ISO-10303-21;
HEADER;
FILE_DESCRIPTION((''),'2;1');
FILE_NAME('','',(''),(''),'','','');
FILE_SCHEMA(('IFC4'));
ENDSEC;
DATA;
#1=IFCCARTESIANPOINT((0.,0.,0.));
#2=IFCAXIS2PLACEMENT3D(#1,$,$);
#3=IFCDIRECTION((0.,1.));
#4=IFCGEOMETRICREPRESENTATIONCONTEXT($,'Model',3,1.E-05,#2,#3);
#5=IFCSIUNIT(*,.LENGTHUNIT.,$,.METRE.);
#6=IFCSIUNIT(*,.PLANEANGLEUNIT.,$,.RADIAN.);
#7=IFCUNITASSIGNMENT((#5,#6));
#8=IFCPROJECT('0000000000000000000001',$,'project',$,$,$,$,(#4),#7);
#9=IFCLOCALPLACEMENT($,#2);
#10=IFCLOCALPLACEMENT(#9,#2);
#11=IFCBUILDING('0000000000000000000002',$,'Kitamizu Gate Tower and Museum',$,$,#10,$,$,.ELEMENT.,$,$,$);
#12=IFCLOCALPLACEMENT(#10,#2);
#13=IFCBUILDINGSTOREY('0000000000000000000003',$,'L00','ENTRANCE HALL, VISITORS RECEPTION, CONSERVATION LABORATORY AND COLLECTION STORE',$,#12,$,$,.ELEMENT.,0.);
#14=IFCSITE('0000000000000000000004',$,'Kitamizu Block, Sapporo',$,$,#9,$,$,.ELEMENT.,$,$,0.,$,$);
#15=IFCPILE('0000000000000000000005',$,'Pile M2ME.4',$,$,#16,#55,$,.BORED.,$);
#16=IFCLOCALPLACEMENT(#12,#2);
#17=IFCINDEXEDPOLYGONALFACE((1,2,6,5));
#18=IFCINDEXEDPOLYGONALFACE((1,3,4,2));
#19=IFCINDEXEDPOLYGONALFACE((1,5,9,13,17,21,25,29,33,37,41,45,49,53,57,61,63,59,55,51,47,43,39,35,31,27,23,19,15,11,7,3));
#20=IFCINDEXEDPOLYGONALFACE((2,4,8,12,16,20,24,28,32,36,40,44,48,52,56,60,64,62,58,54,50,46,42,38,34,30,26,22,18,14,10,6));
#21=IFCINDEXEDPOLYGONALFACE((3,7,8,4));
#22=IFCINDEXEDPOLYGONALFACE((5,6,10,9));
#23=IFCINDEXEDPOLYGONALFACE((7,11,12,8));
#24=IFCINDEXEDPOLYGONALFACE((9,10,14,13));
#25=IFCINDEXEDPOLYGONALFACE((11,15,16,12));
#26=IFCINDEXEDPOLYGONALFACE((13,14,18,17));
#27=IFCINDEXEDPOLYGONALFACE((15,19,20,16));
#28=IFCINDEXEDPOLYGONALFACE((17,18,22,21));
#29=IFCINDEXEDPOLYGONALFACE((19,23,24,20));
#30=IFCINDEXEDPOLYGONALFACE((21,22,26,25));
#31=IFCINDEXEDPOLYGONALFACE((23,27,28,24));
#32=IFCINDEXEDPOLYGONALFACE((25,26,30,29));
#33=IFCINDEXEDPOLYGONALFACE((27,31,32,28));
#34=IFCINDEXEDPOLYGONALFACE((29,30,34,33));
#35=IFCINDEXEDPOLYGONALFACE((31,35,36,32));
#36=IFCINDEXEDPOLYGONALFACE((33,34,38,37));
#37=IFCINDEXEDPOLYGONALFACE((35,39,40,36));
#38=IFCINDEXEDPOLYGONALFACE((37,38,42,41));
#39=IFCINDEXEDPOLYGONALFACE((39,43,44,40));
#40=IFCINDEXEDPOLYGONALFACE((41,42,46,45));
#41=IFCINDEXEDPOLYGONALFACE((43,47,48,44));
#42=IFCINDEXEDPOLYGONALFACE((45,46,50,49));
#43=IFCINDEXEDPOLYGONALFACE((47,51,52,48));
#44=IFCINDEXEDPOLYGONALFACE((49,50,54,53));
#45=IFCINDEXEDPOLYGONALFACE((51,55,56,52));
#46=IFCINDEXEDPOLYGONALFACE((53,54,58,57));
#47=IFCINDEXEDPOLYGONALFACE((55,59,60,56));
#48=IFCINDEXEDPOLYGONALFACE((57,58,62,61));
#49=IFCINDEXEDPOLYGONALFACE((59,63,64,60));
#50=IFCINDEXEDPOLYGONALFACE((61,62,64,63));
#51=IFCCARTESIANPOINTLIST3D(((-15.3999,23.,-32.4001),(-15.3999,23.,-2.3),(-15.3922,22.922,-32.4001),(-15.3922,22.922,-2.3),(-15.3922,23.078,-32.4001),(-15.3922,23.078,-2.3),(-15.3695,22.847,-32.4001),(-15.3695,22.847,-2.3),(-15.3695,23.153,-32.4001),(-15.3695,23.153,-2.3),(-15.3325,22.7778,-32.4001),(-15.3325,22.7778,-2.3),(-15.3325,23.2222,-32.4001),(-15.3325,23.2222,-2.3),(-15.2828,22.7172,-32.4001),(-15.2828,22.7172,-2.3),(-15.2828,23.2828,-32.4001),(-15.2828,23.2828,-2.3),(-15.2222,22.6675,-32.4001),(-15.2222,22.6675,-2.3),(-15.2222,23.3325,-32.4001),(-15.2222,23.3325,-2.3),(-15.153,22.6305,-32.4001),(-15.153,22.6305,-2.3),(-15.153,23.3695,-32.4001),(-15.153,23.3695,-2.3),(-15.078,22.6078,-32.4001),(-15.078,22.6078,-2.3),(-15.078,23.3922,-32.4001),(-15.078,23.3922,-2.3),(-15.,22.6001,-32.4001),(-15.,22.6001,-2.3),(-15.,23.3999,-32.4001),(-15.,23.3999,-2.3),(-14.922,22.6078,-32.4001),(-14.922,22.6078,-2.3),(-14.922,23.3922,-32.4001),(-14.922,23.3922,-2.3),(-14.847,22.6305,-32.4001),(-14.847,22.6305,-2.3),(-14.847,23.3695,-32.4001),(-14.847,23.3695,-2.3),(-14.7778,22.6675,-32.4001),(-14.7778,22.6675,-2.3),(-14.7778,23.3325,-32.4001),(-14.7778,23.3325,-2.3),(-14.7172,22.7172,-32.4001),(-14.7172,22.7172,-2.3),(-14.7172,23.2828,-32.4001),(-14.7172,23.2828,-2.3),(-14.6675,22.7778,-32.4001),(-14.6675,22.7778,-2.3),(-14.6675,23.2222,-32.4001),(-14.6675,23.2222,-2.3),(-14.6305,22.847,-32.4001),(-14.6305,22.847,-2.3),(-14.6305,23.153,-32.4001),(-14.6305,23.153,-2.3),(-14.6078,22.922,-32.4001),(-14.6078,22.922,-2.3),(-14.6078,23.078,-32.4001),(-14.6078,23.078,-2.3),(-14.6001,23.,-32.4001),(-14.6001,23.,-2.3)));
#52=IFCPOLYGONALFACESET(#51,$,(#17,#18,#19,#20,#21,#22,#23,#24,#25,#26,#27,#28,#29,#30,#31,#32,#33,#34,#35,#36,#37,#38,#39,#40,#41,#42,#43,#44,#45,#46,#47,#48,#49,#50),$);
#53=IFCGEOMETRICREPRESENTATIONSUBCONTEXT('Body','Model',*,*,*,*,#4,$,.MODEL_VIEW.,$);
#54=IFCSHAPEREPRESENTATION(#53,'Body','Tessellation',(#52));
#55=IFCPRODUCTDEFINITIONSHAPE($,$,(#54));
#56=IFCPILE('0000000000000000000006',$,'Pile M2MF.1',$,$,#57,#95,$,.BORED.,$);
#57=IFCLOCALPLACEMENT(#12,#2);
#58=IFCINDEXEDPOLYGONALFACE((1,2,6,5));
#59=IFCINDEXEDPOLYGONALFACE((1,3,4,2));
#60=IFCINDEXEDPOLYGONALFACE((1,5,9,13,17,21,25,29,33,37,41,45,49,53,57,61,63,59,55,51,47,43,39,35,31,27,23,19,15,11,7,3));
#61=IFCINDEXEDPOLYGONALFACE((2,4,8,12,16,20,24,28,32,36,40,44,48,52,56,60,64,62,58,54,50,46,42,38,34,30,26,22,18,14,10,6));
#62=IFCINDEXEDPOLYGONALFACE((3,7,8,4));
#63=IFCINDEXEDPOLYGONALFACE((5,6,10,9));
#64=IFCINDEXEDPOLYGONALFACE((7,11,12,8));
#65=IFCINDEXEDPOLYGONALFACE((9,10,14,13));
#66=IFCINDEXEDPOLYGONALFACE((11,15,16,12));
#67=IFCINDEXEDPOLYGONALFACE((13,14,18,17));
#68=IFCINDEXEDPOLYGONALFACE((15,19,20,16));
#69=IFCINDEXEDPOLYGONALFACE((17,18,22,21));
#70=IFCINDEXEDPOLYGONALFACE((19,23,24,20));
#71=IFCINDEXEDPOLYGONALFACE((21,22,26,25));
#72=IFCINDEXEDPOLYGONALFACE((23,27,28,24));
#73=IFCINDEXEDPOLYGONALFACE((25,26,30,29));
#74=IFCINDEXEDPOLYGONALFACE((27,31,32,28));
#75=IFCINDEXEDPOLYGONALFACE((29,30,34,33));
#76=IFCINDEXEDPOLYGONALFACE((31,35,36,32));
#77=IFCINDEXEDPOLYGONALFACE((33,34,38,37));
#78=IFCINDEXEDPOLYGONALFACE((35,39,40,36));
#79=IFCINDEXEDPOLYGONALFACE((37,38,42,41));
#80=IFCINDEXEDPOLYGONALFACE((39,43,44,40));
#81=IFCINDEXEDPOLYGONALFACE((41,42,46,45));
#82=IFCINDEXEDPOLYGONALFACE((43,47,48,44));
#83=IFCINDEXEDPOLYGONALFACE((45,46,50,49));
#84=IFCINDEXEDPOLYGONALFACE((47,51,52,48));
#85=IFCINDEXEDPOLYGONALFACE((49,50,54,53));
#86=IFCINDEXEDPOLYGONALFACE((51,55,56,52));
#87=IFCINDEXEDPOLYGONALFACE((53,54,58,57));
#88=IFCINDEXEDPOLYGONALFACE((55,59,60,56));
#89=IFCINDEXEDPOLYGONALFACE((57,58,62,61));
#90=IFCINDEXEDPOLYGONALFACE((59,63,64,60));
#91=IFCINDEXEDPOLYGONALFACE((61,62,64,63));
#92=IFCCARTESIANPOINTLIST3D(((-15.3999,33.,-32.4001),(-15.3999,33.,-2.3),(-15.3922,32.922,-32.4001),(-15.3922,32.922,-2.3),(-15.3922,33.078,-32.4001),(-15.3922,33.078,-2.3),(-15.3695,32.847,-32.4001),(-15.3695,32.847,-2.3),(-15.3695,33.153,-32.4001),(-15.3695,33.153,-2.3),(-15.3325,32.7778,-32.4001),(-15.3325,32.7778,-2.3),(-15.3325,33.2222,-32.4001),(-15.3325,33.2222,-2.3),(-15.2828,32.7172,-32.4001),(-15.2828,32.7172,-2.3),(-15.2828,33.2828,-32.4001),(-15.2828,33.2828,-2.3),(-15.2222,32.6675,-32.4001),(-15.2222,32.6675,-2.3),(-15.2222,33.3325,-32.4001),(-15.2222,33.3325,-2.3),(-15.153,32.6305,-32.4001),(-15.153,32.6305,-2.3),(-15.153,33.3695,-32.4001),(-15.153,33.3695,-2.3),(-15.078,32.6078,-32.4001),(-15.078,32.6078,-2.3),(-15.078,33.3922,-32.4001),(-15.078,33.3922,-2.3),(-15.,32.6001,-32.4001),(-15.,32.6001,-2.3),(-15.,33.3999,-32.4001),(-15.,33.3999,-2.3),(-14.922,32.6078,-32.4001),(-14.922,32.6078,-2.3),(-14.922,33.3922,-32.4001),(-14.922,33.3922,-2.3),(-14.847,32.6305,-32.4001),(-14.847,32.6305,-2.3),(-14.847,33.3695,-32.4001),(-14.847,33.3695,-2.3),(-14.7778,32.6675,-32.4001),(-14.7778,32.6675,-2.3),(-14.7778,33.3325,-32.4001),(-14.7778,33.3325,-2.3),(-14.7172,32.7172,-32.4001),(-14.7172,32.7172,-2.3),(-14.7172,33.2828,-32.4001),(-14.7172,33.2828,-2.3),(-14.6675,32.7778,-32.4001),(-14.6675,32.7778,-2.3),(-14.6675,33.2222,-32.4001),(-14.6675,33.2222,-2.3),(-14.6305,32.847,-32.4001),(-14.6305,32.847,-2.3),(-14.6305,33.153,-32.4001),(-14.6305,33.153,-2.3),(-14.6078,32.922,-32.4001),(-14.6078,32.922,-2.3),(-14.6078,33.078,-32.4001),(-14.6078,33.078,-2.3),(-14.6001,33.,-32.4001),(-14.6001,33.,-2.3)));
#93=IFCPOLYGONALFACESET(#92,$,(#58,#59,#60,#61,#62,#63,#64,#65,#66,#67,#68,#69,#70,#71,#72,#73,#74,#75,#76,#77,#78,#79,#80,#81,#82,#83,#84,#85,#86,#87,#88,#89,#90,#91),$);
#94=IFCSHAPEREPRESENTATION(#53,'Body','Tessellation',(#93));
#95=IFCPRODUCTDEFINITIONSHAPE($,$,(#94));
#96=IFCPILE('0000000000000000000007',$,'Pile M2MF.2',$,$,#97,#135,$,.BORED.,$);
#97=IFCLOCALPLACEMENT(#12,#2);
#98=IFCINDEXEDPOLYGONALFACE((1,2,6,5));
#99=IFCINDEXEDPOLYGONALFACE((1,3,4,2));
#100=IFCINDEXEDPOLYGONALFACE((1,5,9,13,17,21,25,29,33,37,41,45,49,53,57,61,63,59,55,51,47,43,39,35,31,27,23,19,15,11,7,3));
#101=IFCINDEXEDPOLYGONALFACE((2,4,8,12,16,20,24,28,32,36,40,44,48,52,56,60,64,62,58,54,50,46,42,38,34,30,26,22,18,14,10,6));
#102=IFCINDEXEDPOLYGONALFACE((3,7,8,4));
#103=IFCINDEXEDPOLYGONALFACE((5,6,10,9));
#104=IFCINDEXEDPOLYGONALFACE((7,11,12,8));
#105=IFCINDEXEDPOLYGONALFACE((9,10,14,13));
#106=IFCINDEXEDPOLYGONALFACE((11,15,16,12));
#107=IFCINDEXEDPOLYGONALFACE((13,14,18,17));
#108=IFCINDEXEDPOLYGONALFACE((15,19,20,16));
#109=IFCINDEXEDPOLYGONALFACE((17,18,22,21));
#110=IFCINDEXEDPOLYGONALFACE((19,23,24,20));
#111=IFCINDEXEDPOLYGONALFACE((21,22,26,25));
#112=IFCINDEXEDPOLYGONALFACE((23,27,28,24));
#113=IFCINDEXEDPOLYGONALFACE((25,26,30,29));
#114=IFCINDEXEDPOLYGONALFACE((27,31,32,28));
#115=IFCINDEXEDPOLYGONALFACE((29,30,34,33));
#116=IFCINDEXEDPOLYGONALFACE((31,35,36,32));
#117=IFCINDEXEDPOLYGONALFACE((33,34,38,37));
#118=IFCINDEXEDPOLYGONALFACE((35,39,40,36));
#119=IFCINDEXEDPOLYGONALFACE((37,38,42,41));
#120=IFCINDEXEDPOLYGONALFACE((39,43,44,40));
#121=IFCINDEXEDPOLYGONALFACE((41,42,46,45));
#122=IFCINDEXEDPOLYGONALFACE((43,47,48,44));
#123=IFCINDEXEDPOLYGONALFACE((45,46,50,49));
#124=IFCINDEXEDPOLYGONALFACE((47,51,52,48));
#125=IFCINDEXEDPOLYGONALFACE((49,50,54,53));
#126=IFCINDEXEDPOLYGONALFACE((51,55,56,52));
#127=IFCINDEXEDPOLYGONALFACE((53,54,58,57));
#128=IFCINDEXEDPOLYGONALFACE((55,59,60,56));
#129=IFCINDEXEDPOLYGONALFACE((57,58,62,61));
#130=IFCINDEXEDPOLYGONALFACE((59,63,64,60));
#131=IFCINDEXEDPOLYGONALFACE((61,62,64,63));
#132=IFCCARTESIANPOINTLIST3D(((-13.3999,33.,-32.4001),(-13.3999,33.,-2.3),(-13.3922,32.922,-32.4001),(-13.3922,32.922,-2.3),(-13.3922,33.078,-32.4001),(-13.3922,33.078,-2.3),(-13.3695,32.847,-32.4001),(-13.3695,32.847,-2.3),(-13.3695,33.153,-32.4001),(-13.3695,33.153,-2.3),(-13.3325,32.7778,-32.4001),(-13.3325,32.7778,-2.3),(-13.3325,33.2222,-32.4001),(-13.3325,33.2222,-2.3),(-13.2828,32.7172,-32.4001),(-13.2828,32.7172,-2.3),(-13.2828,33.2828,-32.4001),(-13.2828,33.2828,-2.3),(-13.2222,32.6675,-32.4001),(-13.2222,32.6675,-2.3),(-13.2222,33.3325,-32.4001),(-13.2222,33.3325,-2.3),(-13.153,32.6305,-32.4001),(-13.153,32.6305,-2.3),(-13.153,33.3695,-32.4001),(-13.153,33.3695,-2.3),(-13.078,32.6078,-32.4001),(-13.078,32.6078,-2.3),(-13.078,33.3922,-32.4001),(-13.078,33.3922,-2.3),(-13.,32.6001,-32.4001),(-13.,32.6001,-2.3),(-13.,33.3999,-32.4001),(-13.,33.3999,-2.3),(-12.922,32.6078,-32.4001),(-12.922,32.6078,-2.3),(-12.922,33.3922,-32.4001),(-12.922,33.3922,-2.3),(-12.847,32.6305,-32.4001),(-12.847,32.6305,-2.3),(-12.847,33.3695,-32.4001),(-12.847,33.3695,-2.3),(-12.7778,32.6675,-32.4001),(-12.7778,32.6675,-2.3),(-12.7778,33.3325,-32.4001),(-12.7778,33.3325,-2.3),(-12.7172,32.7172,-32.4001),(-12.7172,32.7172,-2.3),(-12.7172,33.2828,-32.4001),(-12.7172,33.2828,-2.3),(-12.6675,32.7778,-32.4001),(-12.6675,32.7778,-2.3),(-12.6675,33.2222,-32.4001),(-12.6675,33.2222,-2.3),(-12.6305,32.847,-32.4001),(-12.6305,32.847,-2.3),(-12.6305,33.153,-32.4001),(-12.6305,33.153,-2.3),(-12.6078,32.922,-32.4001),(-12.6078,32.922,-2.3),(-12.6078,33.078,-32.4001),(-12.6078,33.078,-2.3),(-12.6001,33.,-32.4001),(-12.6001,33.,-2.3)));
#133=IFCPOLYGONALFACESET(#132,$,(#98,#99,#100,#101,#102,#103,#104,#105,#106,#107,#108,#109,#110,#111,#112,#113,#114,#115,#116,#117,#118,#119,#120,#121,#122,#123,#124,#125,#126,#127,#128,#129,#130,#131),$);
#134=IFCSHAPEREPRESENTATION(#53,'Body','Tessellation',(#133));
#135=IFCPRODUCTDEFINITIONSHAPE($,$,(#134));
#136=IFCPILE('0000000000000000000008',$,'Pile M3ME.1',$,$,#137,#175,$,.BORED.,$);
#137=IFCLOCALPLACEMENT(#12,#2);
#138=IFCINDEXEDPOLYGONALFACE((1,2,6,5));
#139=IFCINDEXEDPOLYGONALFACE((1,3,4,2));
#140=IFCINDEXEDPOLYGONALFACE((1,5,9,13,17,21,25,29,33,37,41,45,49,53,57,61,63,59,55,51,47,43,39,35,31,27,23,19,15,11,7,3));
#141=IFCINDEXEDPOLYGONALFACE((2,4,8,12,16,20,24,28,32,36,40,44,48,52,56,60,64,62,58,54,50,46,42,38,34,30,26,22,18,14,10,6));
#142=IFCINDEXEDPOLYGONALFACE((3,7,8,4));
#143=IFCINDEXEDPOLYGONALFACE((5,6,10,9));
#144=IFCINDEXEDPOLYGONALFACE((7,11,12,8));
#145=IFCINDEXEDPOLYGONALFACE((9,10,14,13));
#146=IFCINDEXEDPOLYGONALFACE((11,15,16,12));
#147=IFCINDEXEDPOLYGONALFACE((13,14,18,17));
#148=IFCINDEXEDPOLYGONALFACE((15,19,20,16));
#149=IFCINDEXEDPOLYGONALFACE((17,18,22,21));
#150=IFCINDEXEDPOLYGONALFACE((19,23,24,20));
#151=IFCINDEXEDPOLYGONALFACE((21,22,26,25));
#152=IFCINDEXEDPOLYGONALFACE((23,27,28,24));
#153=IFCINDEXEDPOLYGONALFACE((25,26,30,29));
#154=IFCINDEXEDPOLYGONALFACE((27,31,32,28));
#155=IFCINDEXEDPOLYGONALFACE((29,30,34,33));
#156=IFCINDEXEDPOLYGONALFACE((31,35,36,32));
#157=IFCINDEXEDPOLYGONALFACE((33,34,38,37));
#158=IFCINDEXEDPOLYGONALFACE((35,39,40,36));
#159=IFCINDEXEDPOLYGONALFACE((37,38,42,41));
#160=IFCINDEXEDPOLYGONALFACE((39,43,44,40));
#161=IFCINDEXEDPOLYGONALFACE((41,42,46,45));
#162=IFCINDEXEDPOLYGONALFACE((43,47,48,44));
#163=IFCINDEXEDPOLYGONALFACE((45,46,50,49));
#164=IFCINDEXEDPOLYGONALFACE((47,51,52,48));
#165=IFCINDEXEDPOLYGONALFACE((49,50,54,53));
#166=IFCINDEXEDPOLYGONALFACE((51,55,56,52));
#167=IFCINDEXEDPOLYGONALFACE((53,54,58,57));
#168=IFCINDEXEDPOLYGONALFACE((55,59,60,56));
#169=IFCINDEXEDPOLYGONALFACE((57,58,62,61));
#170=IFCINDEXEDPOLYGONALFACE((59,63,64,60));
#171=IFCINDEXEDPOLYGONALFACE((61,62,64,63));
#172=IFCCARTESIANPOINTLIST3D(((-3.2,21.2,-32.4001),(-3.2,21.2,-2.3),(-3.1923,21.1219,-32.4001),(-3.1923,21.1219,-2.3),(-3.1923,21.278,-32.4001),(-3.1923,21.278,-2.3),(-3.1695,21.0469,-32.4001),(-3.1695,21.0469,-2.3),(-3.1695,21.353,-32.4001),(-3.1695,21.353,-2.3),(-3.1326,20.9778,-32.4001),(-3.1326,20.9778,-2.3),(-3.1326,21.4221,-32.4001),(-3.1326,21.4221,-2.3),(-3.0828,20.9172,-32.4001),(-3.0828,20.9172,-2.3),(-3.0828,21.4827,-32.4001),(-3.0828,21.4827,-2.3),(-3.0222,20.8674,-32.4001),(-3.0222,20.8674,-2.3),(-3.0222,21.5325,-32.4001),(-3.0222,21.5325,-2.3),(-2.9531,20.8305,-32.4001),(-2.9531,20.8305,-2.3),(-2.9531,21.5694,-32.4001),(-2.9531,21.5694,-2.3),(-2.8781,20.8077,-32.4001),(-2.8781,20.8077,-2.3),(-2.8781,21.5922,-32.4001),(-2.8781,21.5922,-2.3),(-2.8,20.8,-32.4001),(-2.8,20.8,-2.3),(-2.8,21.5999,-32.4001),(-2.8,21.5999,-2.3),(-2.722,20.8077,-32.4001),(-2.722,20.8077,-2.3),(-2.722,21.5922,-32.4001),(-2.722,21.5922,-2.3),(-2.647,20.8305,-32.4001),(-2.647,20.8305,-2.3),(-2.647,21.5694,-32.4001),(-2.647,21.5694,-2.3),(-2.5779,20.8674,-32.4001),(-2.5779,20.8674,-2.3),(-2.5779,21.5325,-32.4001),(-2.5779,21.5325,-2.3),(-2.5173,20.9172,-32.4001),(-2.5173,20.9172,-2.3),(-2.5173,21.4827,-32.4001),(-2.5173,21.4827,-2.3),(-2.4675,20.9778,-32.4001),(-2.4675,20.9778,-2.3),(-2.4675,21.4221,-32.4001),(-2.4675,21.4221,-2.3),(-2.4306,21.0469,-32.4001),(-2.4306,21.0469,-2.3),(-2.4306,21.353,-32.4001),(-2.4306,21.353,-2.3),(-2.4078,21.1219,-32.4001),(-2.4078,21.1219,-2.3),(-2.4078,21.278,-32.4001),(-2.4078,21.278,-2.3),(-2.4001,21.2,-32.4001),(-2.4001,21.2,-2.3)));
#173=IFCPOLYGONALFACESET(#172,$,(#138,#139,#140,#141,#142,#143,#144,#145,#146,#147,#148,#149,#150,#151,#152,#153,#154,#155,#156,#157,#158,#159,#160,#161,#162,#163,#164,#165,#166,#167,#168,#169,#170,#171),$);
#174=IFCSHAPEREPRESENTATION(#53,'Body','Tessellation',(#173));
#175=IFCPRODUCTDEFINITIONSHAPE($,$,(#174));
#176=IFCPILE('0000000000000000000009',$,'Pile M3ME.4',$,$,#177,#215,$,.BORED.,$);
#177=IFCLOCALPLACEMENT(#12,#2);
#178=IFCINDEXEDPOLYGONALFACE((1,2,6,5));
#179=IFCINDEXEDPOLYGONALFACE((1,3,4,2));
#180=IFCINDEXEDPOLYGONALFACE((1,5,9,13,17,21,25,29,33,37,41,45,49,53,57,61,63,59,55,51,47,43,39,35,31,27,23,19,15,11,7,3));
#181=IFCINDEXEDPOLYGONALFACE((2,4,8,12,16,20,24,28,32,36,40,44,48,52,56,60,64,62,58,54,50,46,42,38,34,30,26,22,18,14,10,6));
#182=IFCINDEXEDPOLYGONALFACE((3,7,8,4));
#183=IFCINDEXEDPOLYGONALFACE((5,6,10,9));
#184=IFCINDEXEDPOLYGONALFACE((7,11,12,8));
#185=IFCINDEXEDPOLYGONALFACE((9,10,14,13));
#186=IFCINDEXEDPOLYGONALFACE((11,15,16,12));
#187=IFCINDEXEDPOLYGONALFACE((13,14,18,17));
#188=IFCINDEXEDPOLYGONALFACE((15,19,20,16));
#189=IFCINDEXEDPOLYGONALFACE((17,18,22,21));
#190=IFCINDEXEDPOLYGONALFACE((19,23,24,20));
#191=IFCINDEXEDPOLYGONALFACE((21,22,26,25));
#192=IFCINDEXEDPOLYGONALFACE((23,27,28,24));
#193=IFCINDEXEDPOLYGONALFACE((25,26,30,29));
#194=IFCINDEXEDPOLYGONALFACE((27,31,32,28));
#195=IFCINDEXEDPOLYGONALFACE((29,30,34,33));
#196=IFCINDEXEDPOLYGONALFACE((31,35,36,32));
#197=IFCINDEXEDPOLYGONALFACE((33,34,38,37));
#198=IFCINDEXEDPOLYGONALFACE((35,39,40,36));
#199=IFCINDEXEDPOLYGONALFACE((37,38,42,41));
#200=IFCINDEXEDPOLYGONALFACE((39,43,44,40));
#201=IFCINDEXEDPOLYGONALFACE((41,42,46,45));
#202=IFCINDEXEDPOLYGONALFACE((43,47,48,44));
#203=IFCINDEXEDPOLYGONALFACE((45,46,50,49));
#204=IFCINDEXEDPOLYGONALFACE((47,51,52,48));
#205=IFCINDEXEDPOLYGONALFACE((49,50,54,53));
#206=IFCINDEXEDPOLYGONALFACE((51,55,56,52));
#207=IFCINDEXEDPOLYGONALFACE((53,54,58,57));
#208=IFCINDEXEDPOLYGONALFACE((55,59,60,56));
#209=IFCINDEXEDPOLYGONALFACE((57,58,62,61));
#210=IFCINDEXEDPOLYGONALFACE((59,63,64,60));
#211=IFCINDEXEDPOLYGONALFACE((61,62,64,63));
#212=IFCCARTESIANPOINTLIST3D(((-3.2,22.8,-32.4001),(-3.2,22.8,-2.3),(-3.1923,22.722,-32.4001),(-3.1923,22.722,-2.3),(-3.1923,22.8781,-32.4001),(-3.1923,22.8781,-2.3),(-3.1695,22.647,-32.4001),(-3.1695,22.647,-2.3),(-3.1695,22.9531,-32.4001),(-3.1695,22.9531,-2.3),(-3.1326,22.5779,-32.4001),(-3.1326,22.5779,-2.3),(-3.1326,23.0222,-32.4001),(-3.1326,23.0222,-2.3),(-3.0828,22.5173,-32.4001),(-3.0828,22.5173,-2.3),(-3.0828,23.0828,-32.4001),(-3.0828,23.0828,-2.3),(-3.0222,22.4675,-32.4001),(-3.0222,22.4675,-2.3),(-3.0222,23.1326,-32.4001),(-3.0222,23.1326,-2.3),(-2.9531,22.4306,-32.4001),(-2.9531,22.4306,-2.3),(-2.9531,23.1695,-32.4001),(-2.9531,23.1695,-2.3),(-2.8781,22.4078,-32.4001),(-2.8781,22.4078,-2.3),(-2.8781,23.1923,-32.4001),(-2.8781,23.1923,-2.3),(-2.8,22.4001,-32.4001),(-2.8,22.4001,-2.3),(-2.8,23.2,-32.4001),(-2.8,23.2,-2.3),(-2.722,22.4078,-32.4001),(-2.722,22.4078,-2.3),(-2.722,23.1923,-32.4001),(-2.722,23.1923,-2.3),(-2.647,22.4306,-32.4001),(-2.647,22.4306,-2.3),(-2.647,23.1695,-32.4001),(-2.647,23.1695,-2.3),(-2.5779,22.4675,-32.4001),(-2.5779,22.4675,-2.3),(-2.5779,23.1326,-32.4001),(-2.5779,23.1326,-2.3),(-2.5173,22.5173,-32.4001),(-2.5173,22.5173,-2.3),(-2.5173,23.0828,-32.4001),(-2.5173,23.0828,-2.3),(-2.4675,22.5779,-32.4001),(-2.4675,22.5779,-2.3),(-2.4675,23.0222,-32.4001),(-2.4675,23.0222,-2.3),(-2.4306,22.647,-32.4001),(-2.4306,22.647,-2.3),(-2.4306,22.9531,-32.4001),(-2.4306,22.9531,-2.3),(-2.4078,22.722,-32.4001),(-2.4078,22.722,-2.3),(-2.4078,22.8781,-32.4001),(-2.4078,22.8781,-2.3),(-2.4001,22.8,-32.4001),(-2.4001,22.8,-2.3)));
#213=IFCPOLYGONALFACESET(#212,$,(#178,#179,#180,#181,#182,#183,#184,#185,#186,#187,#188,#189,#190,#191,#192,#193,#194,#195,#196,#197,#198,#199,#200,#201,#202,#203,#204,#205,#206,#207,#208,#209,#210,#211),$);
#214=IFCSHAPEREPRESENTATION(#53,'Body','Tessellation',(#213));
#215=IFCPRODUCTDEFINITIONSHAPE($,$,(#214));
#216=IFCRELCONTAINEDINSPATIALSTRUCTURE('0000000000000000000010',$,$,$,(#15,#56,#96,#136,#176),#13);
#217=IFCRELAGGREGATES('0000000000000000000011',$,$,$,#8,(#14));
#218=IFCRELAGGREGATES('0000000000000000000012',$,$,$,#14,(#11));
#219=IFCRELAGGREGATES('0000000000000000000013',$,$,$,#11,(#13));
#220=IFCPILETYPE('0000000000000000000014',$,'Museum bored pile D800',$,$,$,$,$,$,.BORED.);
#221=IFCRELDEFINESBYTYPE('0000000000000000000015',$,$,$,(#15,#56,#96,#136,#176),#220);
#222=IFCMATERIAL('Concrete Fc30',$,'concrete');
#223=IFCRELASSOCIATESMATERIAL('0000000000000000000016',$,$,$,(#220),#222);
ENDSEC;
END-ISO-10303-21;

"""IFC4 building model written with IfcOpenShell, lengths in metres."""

from ifc_helpers import new_model, si_unit, direction, frame, origin, origin_2d, place, context, subcontext, project, spatial, circle, extrude, material, material_profile, profile_set, type_object, element, save


model = new_model("IFC4")

# Units and contexts
model_context = context("Model", 3, precision=1e-05, world=origin(), true_north=direction((0.0, 1.0)))
body_context = subcontext(model_context, "Body", "Model", "MODEL_VIEW")
ifc_project = project(units=[si_unit("LENGTHUNIT", "METRE"), si_unit("PLANEANGLEUNIT", "RADIAN")], contexts=[model_context])

# Site, building, storey
site_placement = place(None, origin())
site = spatial("IfcSite", under=ifc_project, at=site_placement, Name="Kitamizu Block, Sapporo", CompositionType="ELEMENT", RefElevation=0.0)
building_placement = place(site_placement, origin())
building = spatial("IfcBuilding", under=site, at=building_placement, Name="Kitamizu Gate Tower and Museum", CompositionType="ELEMENT")
storey_placement = place(building_placement, origin())
storey = spatial("IfcBuildingStorey", under=building, at=storey_placement, Name="L00", Description="ENTRANCE HALL, VISITORS RECEPTION, CONSERVATION LABORATORY AND COLLECTION STORE", CompositionType="ELEMENT", Elevation=0.0)

# Piles
ifc_material_1 = material(Name="Concrete Fc30", Category="concrete")
ifc_material_profile_1 = material_profile(ifc_material_1, circle(Radius=0.3999, at=origin_2d()), Name="D800")
ifc_profile_set_1 = profile_set([ifc_material_profile_1], Name="Concrete Fc30")
pile_type = type_object("IfcPileType", Name="Museum bored pile D800", PredefinedType="BORED", material=ifc_profile_set_1)
for number, where, z_axis, x_axis, name in (
    (1, (-15.0, 23.0, -2.3), (0.0, 0.0, -1.0), (1.0, 0.0, 0.0), "Pile M2ME.4"),
    (2, (-15.0, 33.0, -2.3), (0.0, 0.0, -1.0), (1.0, 0.0, 0.0), "Pile M2MF.1"),
    (3, (-13.0, 33.0, -2.3), (0.0, 0.0, -1.0), (1.0, 0.0, 0.0), "Pile M2MF.2"),
    (4, (-2.8, 21.2, -2.3), (0.0, 0.0, -1.0), (1.0, 0.0, 0.0), "Pile M3ME.1"),
    (5, (-2.8, 22.8, -2.3), (0.0, 0.0, -1.0), (1.0, 0.0, 0.0), "Pile M3ME.4"),
):
    element("IfcPile", number, at=place(storey_placement, frame(where, z_axis=z_axis, x_axis=x_axis)), inside=storey, type_object=pile_type, Name=name, PredefinedType="BORED", context=body_context, shape_type="SweptSolid", body=[
        extrude(circle(Radius=0.3999, at=origin_2d()), origin(), (0.0, 0.0, 1.0), 30.1001),
    ])

save(model, "model.ifc")
